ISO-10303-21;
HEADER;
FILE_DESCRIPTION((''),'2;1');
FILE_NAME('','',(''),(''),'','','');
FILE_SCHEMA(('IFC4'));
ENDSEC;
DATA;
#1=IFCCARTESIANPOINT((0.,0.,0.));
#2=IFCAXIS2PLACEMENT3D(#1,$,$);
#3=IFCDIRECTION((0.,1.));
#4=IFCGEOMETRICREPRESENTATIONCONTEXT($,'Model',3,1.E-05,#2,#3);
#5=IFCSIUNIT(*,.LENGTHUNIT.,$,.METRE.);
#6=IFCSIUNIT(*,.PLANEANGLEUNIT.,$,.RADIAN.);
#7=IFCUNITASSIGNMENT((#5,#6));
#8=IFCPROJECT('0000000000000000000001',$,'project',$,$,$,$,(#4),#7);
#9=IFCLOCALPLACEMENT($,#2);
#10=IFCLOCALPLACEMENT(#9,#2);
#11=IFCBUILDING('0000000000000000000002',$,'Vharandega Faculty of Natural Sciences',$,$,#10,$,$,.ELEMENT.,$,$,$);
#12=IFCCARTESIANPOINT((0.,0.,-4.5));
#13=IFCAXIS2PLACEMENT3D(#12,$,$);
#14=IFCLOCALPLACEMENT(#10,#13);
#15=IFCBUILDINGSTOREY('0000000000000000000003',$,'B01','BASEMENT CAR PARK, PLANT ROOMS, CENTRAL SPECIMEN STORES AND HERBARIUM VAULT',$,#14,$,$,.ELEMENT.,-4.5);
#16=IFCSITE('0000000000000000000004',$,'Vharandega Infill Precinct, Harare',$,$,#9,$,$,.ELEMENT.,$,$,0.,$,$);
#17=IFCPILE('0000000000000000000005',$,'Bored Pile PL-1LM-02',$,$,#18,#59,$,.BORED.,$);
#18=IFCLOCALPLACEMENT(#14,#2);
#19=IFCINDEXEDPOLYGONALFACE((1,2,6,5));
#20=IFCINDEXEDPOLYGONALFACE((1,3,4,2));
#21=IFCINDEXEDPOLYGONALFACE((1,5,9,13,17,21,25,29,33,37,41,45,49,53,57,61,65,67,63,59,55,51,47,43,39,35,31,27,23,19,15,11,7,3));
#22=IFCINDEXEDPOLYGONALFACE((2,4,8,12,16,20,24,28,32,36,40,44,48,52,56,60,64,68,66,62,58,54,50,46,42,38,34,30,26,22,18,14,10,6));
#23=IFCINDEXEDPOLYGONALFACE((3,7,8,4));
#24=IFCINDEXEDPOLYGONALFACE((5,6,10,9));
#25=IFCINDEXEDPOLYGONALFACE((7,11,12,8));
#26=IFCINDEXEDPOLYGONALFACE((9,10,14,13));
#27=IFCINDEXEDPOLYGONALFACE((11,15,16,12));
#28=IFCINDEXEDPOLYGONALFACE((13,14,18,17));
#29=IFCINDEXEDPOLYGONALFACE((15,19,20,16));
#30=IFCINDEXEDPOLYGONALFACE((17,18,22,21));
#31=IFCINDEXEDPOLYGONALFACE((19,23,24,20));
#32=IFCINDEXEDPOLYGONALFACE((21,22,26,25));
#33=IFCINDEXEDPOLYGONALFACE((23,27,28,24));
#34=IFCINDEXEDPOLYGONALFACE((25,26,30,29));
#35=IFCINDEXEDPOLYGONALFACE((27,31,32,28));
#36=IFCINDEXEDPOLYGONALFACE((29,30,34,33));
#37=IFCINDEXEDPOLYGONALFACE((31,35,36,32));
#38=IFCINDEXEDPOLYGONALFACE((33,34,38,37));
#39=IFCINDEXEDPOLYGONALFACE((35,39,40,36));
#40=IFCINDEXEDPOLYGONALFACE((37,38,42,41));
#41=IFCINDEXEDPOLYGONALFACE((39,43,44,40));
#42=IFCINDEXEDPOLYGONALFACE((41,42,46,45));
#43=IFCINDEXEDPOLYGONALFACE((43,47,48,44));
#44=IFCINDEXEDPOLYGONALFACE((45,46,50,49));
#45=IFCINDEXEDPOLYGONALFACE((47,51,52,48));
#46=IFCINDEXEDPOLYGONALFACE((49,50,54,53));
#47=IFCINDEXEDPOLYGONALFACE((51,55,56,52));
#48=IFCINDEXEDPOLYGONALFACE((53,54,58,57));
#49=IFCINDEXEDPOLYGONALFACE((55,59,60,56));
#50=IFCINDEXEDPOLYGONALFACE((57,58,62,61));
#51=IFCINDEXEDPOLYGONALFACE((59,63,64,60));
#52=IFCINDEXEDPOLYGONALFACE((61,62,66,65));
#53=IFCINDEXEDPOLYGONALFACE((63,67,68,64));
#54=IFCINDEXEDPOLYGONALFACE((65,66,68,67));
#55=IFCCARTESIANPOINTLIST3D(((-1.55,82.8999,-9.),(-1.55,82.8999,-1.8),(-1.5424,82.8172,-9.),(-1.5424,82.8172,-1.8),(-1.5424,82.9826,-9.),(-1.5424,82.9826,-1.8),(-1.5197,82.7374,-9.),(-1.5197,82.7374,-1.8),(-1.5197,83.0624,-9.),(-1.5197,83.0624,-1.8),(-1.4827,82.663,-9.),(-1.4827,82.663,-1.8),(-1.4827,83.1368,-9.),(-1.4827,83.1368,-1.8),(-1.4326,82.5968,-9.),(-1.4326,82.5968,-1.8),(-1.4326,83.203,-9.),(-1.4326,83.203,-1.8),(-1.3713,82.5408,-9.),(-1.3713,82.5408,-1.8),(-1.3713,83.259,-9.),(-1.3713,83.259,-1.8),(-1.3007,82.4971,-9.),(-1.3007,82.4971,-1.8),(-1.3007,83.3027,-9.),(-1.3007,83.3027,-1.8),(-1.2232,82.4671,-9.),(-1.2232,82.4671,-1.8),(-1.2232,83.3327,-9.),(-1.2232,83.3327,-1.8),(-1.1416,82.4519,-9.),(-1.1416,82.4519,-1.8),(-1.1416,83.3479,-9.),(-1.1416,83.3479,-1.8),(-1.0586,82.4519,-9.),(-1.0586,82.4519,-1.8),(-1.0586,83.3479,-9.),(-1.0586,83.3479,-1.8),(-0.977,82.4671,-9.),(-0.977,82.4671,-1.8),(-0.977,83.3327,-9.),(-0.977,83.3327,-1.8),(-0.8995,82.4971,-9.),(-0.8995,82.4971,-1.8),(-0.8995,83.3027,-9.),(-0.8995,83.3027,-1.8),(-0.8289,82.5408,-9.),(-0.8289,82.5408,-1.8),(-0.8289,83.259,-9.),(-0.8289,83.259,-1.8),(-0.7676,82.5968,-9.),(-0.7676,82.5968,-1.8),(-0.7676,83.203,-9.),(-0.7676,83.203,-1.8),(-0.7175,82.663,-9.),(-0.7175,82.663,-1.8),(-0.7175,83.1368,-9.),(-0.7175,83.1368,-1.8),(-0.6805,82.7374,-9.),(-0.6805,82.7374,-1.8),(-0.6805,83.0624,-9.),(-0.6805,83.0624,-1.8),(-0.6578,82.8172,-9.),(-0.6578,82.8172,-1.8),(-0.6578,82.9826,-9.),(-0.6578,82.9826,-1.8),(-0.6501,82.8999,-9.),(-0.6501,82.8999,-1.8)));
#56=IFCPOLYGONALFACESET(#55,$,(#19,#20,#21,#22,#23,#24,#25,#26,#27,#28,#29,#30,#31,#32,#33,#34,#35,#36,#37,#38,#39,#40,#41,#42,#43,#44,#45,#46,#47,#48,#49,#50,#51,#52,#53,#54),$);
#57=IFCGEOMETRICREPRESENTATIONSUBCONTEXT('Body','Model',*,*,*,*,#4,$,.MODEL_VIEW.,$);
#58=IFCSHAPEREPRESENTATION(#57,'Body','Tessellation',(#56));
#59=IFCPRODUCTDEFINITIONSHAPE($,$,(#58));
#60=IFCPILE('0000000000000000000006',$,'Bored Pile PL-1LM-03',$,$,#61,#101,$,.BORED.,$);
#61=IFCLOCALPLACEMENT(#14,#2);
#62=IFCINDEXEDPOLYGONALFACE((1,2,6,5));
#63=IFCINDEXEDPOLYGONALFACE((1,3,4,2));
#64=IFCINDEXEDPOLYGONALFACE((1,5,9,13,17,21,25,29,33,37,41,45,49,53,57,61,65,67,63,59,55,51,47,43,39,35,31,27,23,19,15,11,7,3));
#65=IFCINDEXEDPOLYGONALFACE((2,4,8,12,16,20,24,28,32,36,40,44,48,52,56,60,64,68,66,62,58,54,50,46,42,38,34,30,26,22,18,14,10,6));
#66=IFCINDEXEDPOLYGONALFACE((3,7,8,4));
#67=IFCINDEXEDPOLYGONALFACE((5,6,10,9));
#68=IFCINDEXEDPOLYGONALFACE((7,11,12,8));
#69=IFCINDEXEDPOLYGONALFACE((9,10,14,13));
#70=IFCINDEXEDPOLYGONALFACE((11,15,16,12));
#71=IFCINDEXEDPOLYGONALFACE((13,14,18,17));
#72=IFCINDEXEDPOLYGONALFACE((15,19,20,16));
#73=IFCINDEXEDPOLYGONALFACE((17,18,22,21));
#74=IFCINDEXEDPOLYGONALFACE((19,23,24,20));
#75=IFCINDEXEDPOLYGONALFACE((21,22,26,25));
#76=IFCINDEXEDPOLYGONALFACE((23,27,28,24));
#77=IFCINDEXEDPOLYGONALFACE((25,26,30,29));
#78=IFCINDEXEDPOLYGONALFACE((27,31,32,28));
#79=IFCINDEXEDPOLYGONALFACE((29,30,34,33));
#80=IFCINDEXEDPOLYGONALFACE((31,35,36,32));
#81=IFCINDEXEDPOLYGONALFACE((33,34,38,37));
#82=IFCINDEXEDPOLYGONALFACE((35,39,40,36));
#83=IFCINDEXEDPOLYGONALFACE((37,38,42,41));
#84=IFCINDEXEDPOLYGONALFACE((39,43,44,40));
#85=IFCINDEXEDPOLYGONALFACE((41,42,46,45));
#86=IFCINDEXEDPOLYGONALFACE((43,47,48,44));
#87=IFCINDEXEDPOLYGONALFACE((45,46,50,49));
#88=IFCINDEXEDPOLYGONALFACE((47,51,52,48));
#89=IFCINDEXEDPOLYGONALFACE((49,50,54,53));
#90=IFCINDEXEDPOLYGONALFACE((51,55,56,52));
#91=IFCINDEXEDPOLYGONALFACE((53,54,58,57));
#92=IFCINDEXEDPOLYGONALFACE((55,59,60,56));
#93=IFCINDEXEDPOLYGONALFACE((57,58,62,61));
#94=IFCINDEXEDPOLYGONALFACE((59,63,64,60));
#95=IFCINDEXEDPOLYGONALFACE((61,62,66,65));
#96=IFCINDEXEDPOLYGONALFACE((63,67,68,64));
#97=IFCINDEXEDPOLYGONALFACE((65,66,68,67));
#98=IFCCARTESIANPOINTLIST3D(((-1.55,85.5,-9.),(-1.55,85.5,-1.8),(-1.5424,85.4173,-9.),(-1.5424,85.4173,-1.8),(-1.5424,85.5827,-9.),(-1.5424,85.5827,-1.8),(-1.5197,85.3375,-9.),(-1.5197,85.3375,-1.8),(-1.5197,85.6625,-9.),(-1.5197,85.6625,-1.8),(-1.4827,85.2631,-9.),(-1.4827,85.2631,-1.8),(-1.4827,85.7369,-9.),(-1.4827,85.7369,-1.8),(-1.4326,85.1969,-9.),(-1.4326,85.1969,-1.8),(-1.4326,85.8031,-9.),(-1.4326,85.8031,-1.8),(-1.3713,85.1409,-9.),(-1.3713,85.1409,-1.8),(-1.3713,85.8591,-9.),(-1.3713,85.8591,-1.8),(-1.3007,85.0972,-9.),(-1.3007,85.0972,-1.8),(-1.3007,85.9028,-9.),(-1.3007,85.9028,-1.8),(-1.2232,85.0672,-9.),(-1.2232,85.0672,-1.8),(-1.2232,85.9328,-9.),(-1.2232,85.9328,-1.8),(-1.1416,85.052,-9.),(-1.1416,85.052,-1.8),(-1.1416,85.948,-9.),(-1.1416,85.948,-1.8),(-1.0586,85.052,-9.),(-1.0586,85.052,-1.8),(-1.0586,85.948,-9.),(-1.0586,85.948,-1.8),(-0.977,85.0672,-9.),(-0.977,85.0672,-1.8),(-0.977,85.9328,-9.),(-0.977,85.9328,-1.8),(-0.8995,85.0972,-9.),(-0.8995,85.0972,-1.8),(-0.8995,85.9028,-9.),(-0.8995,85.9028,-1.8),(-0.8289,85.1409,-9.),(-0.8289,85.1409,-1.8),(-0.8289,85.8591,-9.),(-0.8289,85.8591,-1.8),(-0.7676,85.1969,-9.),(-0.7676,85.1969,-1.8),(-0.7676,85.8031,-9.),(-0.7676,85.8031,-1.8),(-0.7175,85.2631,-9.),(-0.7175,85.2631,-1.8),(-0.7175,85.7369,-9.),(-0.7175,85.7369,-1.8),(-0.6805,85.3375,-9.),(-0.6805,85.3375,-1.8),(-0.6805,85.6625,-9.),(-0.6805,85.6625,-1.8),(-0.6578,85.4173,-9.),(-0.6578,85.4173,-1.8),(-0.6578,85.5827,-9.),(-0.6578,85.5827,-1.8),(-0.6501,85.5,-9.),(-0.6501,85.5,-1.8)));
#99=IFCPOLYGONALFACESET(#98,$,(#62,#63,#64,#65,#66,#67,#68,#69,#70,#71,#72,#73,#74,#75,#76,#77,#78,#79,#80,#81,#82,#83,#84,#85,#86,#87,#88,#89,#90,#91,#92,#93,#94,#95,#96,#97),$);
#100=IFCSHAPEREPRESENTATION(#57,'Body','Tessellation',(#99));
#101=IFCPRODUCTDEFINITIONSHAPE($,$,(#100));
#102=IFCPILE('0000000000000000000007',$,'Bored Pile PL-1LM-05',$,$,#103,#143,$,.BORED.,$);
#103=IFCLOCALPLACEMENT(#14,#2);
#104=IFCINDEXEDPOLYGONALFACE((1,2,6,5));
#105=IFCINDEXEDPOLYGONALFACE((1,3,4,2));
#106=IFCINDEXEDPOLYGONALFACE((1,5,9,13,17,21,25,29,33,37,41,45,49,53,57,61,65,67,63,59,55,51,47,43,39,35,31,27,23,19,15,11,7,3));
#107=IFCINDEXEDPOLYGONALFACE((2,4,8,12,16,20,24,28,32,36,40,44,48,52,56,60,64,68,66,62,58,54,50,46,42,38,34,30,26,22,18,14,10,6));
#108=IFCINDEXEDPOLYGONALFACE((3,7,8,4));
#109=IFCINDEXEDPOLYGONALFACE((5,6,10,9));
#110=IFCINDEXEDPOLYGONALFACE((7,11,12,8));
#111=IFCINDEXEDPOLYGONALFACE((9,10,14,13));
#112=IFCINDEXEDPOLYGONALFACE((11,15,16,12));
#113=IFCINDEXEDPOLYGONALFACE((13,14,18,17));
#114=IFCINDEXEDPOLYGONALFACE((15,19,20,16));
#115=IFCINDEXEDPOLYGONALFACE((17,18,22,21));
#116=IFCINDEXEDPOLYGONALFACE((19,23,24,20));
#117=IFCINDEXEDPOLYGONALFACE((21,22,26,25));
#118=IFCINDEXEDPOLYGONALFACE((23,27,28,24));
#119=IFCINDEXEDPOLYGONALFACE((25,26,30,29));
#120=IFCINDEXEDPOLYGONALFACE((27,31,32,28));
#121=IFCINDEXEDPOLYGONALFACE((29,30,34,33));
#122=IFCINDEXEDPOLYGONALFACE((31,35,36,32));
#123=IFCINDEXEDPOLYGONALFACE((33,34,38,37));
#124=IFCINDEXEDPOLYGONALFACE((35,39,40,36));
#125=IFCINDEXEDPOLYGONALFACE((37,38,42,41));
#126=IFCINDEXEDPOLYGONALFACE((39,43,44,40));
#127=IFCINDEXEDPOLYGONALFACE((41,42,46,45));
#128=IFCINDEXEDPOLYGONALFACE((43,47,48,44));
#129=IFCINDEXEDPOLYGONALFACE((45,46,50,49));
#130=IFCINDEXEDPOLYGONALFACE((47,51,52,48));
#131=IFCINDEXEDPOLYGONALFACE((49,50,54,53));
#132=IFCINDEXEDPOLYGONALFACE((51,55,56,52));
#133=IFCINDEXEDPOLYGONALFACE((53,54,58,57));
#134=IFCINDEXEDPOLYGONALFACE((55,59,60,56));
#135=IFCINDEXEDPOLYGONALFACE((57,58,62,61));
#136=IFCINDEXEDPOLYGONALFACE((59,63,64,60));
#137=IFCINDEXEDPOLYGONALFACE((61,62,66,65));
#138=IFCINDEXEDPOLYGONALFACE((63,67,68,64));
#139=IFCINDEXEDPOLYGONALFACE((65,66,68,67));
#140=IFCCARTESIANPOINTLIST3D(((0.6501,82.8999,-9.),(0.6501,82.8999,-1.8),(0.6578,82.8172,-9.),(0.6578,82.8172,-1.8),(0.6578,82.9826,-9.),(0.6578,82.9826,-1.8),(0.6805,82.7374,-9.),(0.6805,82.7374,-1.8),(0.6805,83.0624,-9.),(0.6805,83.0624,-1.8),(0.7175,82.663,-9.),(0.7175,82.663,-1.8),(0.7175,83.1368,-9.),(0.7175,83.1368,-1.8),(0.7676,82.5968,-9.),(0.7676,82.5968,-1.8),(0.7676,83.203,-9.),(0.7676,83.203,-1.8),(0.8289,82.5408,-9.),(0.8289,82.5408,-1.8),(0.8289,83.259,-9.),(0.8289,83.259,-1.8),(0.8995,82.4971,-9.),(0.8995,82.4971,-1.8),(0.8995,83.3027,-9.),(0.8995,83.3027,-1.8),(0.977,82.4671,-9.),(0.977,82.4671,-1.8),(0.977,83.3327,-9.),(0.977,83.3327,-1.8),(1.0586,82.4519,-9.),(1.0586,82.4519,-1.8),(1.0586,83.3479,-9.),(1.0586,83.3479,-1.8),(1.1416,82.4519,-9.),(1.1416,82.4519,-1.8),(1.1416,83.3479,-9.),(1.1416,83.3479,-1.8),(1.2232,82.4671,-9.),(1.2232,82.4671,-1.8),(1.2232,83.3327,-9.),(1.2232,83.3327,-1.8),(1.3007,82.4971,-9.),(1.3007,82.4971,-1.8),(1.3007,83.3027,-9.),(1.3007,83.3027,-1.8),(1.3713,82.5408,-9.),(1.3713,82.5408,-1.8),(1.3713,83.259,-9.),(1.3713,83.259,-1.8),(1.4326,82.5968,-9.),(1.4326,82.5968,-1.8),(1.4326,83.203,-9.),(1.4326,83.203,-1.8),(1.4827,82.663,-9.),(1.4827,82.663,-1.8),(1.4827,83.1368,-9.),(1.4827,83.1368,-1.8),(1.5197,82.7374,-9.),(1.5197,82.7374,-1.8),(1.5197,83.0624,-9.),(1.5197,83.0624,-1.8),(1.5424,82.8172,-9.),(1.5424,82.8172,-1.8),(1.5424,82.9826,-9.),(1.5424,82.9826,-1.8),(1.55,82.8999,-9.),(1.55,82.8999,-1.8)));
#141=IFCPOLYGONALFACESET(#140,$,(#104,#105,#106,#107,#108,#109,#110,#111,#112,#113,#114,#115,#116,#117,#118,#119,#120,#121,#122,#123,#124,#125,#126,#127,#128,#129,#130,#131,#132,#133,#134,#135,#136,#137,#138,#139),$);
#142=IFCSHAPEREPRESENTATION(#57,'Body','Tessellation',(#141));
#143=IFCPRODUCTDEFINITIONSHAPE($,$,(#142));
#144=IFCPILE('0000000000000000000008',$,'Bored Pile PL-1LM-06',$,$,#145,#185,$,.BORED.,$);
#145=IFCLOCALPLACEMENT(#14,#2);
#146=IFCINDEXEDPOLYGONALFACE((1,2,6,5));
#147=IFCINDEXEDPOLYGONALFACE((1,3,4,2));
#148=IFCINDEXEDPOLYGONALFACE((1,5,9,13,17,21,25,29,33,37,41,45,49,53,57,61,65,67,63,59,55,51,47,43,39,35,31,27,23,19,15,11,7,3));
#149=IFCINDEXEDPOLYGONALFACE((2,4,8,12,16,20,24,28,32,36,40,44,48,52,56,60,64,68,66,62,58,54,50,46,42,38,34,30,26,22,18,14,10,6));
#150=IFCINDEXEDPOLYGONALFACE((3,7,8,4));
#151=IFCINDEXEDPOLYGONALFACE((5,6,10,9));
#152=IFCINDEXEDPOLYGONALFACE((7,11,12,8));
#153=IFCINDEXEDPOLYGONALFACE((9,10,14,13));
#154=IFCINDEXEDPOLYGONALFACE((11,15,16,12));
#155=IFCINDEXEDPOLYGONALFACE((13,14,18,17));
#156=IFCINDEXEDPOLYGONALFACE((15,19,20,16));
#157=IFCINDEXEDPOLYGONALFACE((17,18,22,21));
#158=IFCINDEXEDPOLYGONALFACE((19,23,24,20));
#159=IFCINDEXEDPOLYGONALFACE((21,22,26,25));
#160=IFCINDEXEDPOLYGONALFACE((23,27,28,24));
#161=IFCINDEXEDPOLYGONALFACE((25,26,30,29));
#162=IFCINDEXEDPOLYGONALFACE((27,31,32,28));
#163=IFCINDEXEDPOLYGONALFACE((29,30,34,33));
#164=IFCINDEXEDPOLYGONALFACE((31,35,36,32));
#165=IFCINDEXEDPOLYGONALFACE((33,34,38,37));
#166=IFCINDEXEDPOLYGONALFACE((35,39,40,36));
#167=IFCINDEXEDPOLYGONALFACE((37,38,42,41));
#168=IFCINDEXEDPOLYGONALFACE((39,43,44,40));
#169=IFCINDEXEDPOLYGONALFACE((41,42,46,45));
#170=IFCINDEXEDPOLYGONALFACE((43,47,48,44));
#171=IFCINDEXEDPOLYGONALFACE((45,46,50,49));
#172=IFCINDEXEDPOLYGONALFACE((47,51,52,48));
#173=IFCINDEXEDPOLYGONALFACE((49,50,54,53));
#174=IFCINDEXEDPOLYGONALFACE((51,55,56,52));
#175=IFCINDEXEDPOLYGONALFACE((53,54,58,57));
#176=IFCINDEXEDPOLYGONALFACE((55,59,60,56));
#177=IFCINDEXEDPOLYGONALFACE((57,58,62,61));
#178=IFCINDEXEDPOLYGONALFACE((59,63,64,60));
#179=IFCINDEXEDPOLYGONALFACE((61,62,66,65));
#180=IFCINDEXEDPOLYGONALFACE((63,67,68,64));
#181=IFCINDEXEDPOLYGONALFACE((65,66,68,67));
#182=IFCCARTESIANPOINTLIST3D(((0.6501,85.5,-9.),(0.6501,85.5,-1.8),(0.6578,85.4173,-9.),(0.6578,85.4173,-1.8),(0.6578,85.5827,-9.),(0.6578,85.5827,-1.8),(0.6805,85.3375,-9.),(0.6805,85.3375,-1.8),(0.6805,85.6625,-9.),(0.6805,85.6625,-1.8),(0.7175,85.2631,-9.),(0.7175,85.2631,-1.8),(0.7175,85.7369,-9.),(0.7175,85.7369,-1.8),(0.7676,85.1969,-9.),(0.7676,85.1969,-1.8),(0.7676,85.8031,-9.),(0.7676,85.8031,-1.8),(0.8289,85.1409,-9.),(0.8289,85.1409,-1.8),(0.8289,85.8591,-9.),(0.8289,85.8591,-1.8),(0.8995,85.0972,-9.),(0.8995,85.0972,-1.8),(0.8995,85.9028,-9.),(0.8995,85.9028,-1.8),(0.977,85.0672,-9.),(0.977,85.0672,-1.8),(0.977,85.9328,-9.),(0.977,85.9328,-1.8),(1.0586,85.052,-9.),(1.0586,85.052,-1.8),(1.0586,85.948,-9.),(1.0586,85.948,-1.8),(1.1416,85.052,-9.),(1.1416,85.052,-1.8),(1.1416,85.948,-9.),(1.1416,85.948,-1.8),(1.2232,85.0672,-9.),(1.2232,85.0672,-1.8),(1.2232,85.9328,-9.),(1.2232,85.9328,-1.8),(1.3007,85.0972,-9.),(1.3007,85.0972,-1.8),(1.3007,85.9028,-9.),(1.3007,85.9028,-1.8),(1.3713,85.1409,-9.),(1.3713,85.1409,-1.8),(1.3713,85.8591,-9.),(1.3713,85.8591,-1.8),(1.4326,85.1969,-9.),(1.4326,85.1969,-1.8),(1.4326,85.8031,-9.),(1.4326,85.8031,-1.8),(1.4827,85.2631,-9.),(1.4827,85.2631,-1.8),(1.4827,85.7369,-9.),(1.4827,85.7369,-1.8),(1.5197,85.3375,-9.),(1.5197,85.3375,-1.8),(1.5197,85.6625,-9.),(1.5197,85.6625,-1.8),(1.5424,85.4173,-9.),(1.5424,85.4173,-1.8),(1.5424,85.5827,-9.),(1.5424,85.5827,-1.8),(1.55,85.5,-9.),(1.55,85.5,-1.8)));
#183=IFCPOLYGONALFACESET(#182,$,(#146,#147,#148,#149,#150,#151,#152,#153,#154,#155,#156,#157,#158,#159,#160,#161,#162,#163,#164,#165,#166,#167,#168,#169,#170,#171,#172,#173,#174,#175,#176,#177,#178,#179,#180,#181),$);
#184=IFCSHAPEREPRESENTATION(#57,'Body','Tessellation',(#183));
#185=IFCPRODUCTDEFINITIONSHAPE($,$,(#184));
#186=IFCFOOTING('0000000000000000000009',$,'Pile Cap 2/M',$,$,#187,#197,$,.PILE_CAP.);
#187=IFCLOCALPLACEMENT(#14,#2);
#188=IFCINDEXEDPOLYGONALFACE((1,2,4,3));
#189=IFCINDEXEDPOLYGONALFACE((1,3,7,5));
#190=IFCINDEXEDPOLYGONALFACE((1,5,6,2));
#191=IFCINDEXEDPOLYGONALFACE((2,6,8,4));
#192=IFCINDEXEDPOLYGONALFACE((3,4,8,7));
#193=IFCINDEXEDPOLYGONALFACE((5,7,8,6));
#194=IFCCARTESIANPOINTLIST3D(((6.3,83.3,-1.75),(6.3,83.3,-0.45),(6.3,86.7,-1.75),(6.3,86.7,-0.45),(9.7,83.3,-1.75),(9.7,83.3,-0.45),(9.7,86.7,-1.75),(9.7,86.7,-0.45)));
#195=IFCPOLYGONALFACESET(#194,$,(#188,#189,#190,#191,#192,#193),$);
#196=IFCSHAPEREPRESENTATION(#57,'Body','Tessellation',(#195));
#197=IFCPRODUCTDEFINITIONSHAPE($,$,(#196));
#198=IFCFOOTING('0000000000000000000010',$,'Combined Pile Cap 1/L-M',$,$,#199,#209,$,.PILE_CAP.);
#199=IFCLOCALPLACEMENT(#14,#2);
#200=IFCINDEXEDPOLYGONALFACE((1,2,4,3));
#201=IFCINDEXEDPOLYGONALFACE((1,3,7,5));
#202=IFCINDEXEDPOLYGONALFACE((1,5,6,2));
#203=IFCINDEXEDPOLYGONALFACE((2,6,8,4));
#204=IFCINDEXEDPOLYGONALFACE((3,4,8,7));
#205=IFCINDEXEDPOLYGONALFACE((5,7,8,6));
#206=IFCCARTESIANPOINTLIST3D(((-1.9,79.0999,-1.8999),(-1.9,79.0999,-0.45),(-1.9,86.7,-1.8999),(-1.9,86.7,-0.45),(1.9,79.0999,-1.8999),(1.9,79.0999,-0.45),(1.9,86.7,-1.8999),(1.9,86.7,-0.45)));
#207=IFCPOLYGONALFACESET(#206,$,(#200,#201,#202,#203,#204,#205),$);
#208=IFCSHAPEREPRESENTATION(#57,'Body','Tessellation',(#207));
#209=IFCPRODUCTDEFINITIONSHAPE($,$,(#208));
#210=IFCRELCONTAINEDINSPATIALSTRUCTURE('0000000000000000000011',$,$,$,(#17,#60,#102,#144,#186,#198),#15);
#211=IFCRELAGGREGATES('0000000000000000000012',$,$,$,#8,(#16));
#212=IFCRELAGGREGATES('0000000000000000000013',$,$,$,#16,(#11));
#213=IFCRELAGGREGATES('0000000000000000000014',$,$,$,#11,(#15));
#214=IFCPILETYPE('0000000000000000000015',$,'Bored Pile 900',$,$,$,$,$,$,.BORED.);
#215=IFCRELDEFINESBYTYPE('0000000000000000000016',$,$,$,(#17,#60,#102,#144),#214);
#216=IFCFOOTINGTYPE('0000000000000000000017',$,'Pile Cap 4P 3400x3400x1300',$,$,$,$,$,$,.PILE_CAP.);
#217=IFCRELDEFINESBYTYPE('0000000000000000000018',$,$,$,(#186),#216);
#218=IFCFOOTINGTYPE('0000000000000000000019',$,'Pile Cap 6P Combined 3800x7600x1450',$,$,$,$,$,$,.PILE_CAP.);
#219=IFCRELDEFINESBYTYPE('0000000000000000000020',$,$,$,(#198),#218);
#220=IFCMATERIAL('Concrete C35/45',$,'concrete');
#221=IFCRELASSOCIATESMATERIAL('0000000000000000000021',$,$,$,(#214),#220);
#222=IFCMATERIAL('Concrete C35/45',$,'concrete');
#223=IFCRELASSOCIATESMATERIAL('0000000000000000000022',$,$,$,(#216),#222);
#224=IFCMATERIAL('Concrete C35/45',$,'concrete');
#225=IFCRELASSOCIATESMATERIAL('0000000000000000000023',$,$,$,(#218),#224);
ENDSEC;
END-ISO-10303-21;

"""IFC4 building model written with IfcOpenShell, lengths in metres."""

from ifc_helpers import new_model, si_unit, direction, frame, origin, origin_2d, place, context, subcontext, project, spatial, rectangle, circle, extrude, material, material_profile, profile_set, type_object, element, save


model = new_model("IFC4")

# Units and contexts
model_context = context("Model", 3, precision=1e-05, world=origin(), true_north=direction((0.0, 1.0)))
body_context = subcontext(model_context, "Body", "Model", "MODEL_VIEW")
ifc_project = project(units=[si_unit("LENGTHUNIT", "METRE"), si_unit("PLANEANGLEUNIT", "RADIAN")], contexts=[model_context])

# Site, building, storey
site_placement = place(None, origin())
site = spatial("IfcSite", under=ifc_project, at=site_placement, Name="Vharandega Infill Precinct, Harare", CompositionType="ELEMENT", RefElevation=0.0)
building_placement = place(site_placement, origin())
building = spatial("IfcBuilding", under=site, at=building_placement, Name="Vharandega Faculty of Natural Sciences", CompositionType="ELEMENT")
storey_placement = place(building_placement, frame((0.0, 0.0, -4.5)))
storey = spatial("IfcBuildingStorey", under=building, at=storey_placement, Name="B01", Description="BASEMENT CAR PARK, PLANT ROOMS, CENTRAL SPECIMEN STORES AND HERBARIUM VAULT", CompositionType="ELEMENT", Elevation=-4.5)

# Piles
ifc_material_1 = material(Name="Concrete C35/45", Category="concrete")
ifc_material_profile_1 = material_profile(ifc_material_1, circle(Radius=0.45, at=origin_2d()), Name="PILE 900")
ifc_profile_set_1 = profile_set([ifc_material_profile_1], Name="Concrete C35/45")
pile_type_1 = type_object("IfcPileType", Name="Bored Pile 900", PredefinedType="BORED", material=ifc_profile_set_1)
for number, where, z_axis, x_axis, name in (
    (1, (-1.1001, 82.8999, -1.8), (0.0, 0.0, -1.0), (1.0, 0.0, 0.0), "Bored Pile PL-1LM-02"),
    (2, (-1.1001, 85.5, -1.8), (0.0, 0.0, -1.0), (1.0, 0.0, 0.0), "Bored Pile PL-1LM-03"),
    (3, (1.1001, 82.8999, -1.8), (0.0, 0.0, -1.0), (1.0, 0.0, 0.0), "Bored Pile PL-1LM-05"),
    (4, (1.1001, 85.5, -1.8), (0.0, 0.0, -1.0), (1.0, 0.0, 0.0), "Bored Pile PL-1LM-06"),
):
    element("IfcPile", number, at=place(storey_placement, frame(where, z_axis=z_axis, x_axis=x_axis)), inside=storey, type_object=pile_type_1, Name=name, PredefinedType="BORED", context=body_context, shape_type="SweptSolid", body=[
        extrude(circle(Radius=0.45, at=origin_2d()), origin(), (0.0, 0.0, 1.0), 7.2),
    ])

# Footings
ifc_material_2 = material(Name="Concrete C35/45", Category="concrete")
footing_type_1 = type_object("IfcFootingType", Name="Pile Cap 4P 3400x3400x1300", PredefinedType="PILE_CAP", material=ifc_material_2)
footing_1_placement = place(storey_placement, frame((8.0, 85.0, -1.75), z_axis=(0.0, 0.0, 1.0), x_axis=(1.0, 0.0, 0.0)))
element("IfcFooting", 5, at=footing_1_placement, inside=storey, type_object=footing_type_1, Name="Pile Cap 2/M", PredefinedType="PILE_CAP", context=body_context, shape_type="SweptSolid", body=[
    extrude(rectangle(XDim=3.3999, YDim=3.3999, at=origin_2d()), origin(), (0.0, 0.0, 1.0), 1.3),
])
ifc_material_3 = material(Name="Concrete C35/45", Category="concrete")
footing_type_2 = type_object("IfcFootingType", Name="Pile Cap 6P Combined 3800x7600x1450", PredefinedType="PILE_CAP", material=ifc_material_3)
footing_2_placement = place(storey_placement, frame((0.0, 82.8999, -1.8999), z_axis=(0.0, 0.0, 1.0), x_axis=(1.0, 0.0, 0.0)))
element("IfcFooting", 6, at=footing_2_placement, inside=storey, type_object=footing_type_2, Name="Combined Pile Cap 1/L-M", PredefinedType="PILE_CAP", context=body_context, shape_type="SweptSolid", body=[
    extrude(rectangle(XDim=3.8, YDim=7.6001, at=origin_2d()), origin(), (0.0, 0.0, 1.0), 1.45),
])

save(model, "model.ifc")
